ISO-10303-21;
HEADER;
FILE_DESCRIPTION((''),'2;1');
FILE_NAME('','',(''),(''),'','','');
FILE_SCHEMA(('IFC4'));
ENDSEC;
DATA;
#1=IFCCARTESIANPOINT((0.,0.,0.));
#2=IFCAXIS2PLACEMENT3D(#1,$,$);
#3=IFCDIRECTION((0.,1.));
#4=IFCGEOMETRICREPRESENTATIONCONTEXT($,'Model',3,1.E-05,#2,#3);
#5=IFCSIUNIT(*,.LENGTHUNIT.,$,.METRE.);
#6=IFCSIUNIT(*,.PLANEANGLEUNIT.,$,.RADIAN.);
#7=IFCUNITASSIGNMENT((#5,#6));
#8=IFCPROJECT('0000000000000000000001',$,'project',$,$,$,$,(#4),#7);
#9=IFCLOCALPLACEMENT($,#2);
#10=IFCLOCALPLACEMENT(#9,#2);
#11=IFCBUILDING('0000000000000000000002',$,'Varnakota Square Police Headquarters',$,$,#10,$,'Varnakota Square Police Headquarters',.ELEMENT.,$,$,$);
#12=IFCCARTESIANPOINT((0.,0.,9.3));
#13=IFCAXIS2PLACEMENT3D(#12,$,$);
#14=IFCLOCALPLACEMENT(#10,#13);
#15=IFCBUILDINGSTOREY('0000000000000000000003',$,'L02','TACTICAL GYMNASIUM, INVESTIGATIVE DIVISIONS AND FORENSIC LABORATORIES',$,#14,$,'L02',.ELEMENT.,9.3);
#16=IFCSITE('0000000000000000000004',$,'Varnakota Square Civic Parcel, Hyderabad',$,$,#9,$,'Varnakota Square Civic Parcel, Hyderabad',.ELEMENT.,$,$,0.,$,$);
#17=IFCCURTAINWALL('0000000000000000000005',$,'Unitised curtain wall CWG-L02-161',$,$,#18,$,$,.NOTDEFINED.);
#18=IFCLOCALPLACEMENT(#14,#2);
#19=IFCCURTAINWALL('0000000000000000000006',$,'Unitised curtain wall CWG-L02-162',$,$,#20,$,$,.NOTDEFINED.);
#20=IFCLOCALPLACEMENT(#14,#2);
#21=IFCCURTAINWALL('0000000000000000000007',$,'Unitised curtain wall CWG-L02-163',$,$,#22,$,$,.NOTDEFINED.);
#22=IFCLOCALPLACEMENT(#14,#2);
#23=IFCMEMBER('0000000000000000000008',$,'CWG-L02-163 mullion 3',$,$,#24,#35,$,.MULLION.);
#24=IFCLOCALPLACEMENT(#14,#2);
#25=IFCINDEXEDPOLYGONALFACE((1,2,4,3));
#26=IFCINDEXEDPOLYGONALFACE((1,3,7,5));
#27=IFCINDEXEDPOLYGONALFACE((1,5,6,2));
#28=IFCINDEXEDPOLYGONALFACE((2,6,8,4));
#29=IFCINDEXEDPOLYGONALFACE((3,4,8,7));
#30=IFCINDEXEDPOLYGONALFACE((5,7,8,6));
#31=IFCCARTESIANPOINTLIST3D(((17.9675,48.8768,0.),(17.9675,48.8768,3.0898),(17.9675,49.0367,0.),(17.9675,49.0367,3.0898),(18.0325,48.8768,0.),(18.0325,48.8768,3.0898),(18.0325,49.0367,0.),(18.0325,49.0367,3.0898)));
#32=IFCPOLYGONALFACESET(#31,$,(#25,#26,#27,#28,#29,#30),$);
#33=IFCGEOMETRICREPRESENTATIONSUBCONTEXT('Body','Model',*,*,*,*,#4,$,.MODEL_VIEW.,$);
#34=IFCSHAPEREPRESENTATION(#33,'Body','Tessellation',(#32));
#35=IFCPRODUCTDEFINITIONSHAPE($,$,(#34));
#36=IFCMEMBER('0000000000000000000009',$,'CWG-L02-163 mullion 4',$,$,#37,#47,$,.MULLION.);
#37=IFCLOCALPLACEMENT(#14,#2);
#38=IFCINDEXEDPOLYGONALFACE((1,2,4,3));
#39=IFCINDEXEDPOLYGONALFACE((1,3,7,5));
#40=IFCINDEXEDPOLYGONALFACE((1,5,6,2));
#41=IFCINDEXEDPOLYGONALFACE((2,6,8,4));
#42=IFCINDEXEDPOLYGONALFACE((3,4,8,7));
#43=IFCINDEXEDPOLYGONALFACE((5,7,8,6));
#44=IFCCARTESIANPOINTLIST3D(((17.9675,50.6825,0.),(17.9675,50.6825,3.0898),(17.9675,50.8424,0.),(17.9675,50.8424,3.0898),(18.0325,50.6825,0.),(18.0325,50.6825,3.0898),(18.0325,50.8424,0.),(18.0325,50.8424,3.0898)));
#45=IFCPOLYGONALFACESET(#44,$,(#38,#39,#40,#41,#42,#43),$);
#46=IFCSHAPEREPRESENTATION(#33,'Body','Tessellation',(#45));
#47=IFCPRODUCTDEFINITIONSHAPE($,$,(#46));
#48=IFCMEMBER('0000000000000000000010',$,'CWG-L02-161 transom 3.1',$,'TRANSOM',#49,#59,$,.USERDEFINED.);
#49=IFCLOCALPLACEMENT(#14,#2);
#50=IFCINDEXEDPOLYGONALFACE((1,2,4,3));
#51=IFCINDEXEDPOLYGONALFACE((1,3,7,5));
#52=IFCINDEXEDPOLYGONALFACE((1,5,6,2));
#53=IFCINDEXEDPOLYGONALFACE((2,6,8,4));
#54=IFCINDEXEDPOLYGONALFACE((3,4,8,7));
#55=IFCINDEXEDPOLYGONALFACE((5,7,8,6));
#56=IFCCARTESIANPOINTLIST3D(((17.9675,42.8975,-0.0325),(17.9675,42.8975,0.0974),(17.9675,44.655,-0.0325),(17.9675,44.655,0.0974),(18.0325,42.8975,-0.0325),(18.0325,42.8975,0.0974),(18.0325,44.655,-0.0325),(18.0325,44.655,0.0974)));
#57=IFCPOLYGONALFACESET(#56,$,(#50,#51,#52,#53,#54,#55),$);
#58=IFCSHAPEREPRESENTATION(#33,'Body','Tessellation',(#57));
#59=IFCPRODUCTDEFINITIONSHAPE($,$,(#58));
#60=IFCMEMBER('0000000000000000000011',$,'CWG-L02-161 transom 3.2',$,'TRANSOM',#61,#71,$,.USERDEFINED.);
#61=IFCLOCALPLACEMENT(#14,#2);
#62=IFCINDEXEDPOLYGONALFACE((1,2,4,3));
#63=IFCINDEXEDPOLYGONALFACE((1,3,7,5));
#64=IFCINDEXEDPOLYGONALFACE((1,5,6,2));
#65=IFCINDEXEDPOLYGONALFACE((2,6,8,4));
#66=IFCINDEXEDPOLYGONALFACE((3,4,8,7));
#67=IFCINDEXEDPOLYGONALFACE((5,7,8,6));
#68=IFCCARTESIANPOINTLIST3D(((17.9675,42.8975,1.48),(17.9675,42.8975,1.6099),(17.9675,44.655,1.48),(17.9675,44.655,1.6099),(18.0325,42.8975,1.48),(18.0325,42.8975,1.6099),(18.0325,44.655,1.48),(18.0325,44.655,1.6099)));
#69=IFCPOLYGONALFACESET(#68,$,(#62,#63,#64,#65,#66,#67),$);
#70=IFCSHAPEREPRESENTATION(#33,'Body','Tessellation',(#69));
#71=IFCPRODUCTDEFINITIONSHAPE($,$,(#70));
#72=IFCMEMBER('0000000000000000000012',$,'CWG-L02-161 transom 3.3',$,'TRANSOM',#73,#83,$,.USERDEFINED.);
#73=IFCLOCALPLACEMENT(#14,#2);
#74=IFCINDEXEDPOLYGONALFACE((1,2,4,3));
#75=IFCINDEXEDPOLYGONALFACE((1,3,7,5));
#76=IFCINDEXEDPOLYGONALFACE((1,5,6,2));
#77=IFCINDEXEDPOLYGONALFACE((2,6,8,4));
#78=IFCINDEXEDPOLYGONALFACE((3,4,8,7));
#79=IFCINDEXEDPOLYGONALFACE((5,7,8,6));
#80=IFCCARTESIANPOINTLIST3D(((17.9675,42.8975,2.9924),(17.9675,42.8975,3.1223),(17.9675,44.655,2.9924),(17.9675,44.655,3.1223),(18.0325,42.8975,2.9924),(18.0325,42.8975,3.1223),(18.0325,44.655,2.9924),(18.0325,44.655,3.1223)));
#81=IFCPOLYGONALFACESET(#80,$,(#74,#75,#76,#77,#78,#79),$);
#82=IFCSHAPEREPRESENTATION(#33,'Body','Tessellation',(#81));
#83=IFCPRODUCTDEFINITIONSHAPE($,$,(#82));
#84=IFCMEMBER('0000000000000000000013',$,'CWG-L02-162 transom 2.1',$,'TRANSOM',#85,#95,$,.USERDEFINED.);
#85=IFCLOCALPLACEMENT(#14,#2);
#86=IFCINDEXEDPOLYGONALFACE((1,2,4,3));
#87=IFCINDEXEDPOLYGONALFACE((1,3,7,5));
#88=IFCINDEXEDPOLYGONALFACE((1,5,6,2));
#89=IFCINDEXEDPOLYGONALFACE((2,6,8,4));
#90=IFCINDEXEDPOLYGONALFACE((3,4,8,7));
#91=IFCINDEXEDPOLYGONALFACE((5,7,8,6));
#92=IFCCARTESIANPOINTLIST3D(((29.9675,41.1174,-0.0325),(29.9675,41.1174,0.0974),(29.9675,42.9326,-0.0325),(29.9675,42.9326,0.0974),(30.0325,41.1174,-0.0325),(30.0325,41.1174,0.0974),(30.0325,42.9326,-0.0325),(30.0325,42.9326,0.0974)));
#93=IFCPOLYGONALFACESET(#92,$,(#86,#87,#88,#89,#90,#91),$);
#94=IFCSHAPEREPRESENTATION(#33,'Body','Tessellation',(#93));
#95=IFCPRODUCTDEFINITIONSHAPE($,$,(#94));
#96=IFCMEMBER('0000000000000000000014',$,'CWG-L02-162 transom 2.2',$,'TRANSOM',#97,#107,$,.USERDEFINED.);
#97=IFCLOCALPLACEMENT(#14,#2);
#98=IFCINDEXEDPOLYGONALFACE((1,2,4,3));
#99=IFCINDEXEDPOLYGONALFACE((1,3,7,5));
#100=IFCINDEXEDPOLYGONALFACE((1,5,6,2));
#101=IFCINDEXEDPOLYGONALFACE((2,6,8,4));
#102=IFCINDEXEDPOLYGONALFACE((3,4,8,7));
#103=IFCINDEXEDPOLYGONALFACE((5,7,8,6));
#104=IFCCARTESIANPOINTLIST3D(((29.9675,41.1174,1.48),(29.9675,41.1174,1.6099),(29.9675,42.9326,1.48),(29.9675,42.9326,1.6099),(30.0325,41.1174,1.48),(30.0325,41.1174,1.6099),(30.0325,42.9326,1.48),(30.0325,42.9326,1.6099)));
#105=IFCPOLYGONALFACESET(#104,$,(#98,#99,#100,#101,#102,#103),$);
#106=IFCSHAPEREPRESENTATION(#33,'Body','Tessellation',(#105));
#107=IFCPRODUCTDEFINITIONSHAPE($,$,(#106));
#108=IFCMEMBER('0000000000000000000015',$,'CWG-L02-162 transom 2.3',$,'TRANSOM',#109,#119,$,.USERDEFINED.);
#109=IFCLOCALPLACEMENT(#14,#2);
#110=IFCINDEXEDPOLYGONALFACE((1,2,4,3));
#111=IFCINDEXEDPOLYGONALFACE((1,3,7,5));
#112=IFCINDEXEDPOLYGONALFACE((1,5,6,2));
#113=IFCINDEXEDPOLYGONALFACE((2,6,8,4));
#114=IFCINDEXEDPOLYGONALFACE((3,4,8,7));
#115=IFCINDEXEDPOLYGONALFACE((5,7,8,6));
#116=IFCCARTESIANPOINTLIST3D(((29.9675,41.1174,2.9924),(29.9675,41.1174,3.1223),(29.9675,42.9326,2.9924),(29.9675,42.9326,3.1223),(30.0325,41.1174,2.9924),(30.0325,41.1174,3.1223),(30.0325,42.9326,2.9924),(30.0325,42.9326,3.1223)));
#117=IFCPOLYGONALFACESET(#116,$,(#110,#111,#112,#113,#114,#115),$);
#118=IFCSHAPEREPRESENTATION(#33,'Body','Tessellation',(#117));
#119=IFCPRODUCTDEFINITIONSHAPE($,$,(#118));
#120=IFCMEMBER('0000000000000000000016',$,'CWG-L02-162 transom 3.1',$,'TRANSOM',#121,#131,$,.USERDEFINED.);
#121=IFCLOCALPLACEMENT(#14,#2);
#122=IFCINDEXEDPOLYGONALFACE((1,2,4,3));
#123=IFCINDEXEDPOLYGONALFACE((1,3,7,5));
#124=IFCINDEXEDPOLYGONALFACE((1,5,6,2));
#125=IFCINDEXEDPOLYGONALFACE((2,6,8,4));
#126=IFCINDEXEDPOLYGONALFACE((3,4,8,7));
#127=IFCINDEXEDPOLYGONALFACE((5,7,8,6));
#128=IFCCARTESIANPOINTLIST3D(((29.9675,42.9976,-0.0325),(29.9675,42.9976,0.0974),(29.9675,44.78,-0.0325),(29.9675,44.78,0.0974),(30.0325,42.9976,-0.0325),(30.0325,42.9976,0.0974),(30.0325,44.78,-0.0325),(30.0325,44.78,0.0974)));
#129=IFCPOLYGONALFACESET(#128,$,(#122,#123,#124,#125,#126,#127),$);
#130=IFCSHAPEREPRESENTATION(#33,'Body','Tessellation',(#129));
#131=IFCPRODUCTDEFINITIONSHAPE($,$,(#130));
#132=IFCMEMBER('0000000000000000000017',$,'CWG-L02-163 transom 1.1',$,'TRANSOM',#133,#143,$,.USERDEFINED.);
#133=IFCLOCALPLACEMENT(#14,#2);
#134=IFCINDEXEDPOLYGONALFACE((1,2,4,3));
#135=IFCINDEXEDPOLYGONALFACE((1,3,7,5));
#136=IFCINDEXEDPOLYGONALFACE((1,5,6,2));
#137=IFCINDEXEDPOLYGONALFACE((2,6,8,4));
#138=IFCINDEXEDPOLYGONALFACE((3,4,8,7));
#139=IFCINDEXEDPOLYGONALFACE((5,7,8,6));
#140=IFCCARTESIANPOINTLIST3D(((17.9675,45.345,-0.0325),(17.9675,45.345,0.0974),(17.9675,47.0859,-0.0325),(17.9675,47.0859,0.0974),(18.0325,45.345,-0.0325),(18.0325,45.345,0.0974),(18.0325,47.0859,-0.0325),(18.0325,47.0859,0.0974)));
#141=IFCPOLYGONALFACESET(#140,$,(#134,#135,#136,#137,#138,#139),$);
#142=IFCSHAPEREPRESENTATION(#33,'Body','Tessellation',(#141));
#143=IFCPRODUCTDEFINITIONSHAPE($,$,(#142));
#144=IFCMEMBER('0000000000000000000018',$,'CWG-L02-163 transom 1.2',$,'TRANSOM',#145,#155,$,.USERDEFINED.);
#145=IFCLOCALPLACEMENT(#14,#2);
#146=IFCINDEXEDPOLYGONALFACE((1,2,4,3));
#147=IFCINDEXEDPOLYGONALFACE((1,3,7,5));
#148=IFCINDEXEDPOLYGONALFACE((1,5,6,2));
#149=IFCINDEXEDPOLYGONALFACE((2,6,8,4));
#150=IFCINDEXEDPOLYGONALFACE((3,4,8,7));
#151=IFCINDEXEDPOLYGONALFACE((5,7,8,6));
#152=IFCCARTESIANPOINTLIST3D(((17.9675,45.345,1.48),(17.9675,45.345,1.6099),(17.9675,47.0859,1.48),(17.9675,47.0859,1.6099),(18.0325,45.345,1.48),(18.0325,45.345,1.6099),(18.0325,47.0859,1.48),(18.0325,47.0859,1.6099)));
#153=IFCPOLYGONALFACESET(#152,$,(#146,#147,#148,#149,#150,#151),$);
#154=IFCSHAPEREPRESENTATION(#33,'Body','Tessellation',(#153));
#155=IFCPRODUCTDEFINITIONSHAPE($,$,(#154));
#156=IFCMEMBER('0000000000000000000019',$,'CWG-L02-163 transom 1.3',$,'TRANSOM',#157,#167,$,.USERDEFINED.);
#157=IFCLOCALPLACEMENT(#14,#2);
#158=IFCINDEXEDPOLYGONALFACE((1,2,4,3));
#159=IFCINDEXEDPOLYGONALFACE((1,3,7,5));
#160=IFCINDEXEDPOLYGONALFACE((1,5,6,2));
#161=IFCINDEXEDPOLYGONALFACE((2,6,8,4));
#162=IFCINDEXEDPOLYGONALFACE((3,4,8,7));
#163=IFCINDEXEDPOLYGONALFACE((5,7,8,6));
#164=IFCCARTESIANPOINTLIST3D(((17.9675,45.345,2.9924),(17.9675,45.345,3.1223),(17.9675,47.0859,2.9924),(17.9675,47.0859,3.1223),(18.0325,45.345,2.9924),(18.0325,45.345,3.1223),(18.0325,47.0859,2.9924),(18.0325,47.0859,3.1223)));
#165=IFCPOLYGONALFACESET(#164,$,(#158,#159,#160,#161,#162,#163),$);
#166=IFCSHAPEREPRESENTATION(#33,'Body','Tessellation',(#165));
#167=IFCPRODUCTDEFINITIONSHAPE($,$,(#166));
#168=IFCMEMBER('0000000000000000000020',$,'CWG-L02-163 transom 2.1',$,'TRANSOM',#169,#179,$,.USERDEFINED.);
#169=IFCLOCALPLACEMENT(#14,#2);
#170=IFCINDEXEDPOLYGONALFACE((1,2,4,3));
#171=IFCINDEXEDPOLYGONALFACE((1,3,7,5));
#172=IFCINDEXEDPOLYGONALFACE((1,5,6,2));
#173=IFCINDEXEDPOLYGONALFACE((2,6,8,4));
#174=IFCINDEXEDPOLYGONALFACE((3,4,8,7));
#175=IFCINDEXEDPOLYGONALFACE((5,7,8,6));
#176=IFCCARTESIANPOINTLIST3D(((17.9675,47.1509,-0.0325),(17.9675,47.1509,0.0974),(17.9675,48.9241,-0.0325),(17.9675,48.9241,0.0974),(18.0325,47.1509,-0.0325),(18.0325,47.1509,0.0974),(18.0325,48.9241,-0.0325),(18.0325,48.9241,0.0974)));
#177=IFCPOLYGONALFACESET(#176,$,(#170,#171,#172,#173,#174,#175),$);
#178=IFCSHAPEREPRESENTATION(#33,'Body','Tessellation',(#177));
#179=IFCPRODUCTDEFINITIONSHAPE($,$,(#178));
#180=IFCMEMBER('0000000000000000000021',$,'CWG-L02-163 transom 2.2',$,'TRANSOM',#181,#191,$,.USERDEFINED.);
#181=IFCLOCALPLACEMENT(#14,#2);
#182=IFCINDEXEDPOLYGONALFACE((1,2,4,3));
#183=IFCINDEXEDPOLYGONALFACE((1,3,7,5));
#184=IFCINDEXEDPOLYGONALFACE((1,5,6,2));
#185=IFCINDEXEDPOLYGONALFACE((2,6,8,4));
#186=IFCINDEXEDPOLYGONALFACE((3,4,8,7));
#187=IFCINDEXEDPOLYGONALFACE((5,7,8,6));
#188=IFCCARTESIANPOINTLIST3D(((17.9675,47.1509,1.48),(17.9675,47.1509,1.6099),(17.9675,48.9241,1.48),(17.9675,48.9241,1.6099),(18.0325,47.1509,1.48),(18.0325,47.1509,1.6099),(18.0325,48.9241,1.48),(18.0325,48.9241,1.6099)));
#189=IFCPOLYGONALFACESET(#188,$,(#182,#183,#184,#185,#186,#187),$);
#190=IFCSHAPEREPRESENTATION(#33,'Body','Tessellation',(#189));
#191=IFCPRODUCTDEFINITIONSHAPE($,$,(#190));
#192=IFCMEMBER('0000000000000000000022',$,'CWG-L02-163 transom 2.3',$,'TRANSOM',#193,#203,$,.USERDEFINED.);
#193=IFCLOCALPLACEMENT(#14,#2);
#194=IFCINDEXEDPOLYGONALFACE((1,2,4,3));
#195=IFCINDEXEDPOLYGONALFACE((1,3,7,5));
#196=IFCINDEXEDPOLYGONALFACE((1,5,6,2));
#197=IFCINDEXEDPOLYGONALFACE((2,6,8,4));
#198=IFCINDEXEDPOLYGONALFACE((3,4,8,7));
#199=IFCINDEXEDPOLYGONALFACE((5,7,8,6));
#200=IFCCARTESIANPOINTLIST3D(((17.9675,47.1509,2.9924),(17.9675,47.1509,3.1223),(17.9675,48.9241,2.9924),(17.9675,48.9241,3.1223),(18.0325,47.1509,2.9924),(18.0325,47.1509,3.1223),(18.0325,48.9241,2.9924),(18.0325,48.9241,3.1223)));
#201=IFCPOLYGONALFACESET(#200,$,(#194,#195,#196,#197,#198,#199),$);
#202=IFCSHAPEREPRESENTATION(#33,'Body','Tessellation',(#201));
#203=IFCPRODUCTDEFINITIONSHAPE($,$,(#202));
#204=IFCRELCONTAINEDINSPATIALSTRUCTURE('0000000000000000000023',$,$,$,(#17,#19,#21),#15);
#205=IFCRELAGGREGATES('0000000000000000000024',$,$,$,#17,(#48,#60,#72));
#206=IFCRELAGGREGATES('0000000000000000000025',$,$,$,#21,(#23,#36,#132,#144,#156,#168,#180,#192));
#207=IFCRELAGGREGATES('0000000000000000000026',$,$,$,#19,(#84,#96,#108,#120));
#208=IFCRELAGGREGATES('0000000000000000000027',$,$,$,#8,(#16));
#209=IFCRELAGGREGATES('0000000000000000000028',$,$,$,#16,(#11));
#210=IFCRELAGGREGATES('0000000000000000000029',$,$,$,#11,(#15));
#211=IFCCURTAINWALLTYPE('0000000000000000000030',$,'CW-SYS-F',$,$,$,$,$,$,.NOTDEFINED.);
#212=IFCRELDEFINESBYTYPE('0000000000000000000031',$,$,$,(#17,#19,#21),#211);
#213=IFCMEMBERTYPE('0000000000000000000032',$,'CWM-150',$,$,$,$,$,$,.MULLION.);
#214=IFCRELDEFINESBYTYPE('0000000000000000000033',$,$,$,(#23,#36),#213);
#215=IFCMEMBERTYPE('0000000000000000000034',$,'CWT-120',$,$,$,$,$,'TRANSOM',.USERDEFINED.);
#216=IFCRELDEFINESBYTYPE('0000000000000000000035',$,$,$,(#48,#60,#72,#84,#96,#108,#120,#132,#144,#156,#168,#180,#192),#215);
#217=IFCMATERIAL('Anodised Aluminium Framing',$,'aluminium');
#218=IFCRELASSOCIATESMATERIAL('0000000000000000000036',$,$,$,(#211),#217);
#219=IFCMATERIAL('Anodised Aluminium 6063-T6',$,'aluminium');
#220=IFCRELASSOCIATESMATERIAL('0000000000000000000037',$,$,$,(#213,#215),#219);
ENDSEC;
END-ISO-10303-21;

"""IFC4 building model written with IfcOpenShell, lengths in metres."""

from ifc_helpers import new_model, si_unit, direction, frame, origin, origin_2d, place, context, subcontext, project, spatial, rectangle, extrude, material, material_profile, profile_set, type_object, element, aggregate, save


model = new_model("IFC4")

# Units and contexts
model_context = context("Model", 3, precision=1e-05, world=origin(), true_north=direction((0.0, 1.0)))
body_context = subcontext(model_context, "Body", "Model", "MODEL_VIEW")
ifc_project = project(units=[si_unit("LENGTHUNIT", "METRE"), si_unit("PLANEANGLEUNIT", "RADIAN")], contexts=[model_context])

# Site, building, storey
site_placement = place(None, origin())
site = spatial("IfcSite", under=ifc_project, at=site_placement, Name="Varnakota Square Civic Parcel, Hyderabad", LongName="Varnakota Square Civic Parcel, Hyderabad", CompositionType="ELEMENT", RefElevation=0.0)
building_placement = place(site_placement, origin())
building = spatial("IfcBuilding", under=site, at=building_placement, Name="Varnakota Square Police Headquarters", LongName="Varnakota Square Police Headquarters", CompositionType="ELEMENT")
storey_placement = place(building_placement, frame((0.0, 0.0, 9.3)))
storey = spatial("IfcBuildingStorey", under=building, at=storey_placement, Name="L02", Description="TACTICAL GYMNASIUM, INVESTIGATIVE DIVISIONS AND FORENSIC LABORATORIES", LongName="L02", CompositionType="ELEMENT", Elevation=9.3)

# Curtain wall
ifc_material_1 = material(Name="Anodised Aluminium Framing", Category="aluminium")
curtain_wall_type = type_object("IfcCurtainWallType", Name="CW-SYS-F", PredefinedType="NOTDEFINED", material=ifc_material_1)
curtain_wall_1_placement = place(storey_placement, origin())
curtain_wall_1 = element("IfcCurtainWall", 1, at=curtain_wall_1_placement, inside=storey, type_object=curtain_wall_type, Name="Unitised curtain wall CWG-L02-161", PredefinedType="NOTDEFINED")
ifc_material_2 = material(Name="Anodised Aluminium 6063-T6", Category="aluminium")
ifc_material_profile_1 = material_profile(ifc_material_2, rectangle(XDim=0.0649, YDim=0.1599, at=origin_2d()), Name="ALU MULLION 65x160")
ifc_profile_set_1 = profile_set([ifc_material_profile_1], Name="Anodised Aluminium 6063-T6")
member_type_1 = type_object("IfcMemberType", Name="CWM-150", PredefinedType="MULLION", material=ifc_profile_set_1)

# Curtain wall
curtain_wall_2_placement = place(storey_placement, origin())
curtain_wall_2 = element("IfcCurtainWall", 2, at=curtain_wall_2_placement, inside=storey, type_object=curtain_wall_type, Name="Unitised curtain wall CWG-L02-162", PredefinedType="NOTDEFINED")

# Curtain wall, members
curtain_wall_3_placement = place(storey_placement, origin())
curtain_wall_3 = element("IfcCurtainWall", 3, at=curtain_wall_3_placement, inside=storey, type_object=curtain_wall_type, Name="Unitised curtain wall CWG-L02-163", PredefinedType="NOTDEFINED")
member_1_placement = place(storey_placement, frame((18.0, 48.9568, 0.0), z_axis=(0.0, 0.0, 1.0), x_axis=(-1.0, 0.0, 0.0)))
member_1 = element("IfcMember", 4, at=member_1_placement, type_object=member_type_1, Name="CWG-L02-163 mullion 3", PredefinedType="MULLION", context=body_context, shape_type="SweptSolid", body=[
    extrude(rectangle(XDim=0.0649, YDim=0.1599, at=origin_2d()), origin(), (0.0, 0.0, 1.0), 3.0898),
])
member_2_placement = place(storey_placement, frame((18.0, 50.7625, 0.0), z_axis=(0.0, 0.0, 1.0), x_axis=(-1.0, 0.0, 0.0)))
member_2 = element("IfcMember", 5, at=member_2_placement, type_object=member_type_1, Name="CWG-L02-163 mullion 4", PredefinedType="MULLION", context=body_context, shape_type="SweptSolid", body=[
    extrude(rectangle(XDim=0.0649, YDim=0.1599, at=origin_2d()), origin(), (0.0, 0.0, 1.0), 3.0898),
])

# Members
ifc_material_profile_2 = material_profile(ifc_material_2, rectangle(XDim=0.0649, YDim=0.1299, at=origin_2d()), Name="ALU TRANSOM 65x130")
ifc_profile_set_2 = profile_set([ifc_material_profile_2], Name="Anodised Aluminium 6063-T6")
member_type_2 = type_object("IfcMemberType", Name="CWT-120", ElementType="TRANSOM", PredefinedType="USERDEFINED", material=ifc_profile_set_2)
member_3_placement = place(storey_placement, frame((18.0, 42.8975, 0.0325), z_axis=(0.0, 1.0, 0.0), x_axis=(-1.0, 0.0, 0.0)))
member_3 = element("IfcMember", 6, at=member_3_placement, type_object=member_type_2, Name="CWG-L02-161 transom 3.1", ObjectType="TRANSOM", PredefinedType="USERDEFINED", context=body_context, shape_type="SweptSolid", body=[
    extrude(rectangle(XDim=0.0649, YDim=0.1299, at=origin_2d()), origin(), (0.0, 0.0, 1.0), 1.7576),
])
member_4_placement = place(storey_placement, frame((18.0, 42.8975, 1.5449), z_axis=(0.0, 1.0, 0.0), x_axis=(-1.0, 0.0, 0.0)))
member_4 = element("IfcMember", 7, at=member_4_placement, type_object=member_type_2, Name="CWG-L02-161 transom 3.2", ObjectType="TRANSOM", PredefinedType="USERDEFINED", context=body_context, shape_type="SweptSolid", body=[
    extrude(rectangle(XDim=0.0649, YDim=0.1299, at=origin_2d()), origin(), (0.0, 0.0, 1.0), 1.7576),
])
member_5_placement = place(storey_placement, frame((18.0, 42.8975, 3.0574), z_axis=(0.0, 1.0, 0.0), x_axis=(-1.0, 0.0, 0.0)))
member_5 = element("IfcMember", 8, at=member_5_placement, type_object=member_type_2, Name="CWG-L02-161 transom 3.3", ObjectType="TRANSOM", PredefinedType="USERDEFINED", context=body_context, shape_type="SweptSolid", body=[
    extrude(rectangle(XDim=0.0649, YDim=0.1299, at=origin_2d()), origin(), (0.0, 0.0, 1.0), 1.7576),
])
member_6_placement = place(storey_placement, frame((30.0, 41.1174, 0.0325), z_axis=(0.0, 1.0, 0.0), x_axis=(-1.0, 0.0, 0.0)))
member_6 = element("IfcMember", 9, at=member_6_placement, type_object=member_type_2, Name="CWG-L02-162 transom 2.1", ObjectType="TRANSOM", PredefinedType="USERDEFINED", context=body_context, shape_type="SweptSolid", body=[
    extrude(rectangle(XDim=0.0649, YDim=0.1299, at=origin_2d()), origin(), (0.0, 0.0, 1.0), 1.8152),
])
member_7_placement = place(storey_placement, frame((30.0, 41.1174, 1.5449), z_axis=(0.0, 1.0, 0.0), x_axis=(-1.0, 0.0, 0.0)))
member_7 = element("IfcMember", 10, at=member_7_placement, type_object=member_type_2, Name="CWG-L02-162 transom 2.2", ObjectType="TRANSOM", PredefinedType="USERDEFINED", context=body_context, shape_type="SweptSolid", body=[
    extrude(rectangle(XDim=0.0649, YDim=0.1299, at=origin_2d()), origin(), (0.0, 0.0, 1.0), 1.8152),
])
member_8_placement = place(storey_placement, frame((30.0, 41.1174, 3.0574), z_axis=(0.0, 1.0, 0.0), x_axis=(-1.0, 0.0, 0.0)))
member_8 = element("IfcMember", 11, at=member_8_placement, type_object=member_type_2, Name="CWG-L02-162 transom 2.3", ObjectType="TRANSOM", PredefinedType="USERDEFINED", context=body_context, shape_type="SweptSolid", body=[
    extrude(rectangle(XDim=0.0649, YDim=0.1299, at=origin_2d()), origin(), (0.0, 0.0, 1.0), 1.8152),
])
member_9_placement = place(storey_placement, frame((30.0, 42.9976, 0.0325), z_axis=(0.0, 1.0, 0.0), x_axis=(-1.0, 0.0, 0.0)))
member_9 = element("IfcMember", 12, at=member_9_placement, type_object=member_type_2, Name="CWG-L02-162 transom 3.1", ObjectType="TRANSOM", PredefinedType="USERDEFINED", context=body_context, shape_type="SweptSolid", body=[
    extrude(rectangle(XDim=0.0649, YDim=0.1299, at=origin_2d()), origin(), (0.0, 0.0, 1.0), 1.7825),
])
member_10_placement = place(storey_placement, frame((18.0, 45.345, 0.0325), z_axis=(0.0, 1.0, 0.0), x_axis=(-1.0, 0.0, 0.0)))
member_10 = element("IfcMember", 13, at=member_10_placement, type_object=member_type_2, Name="CWG-L02-163 transom 1.1", ObjectType="TRANSOM", PredefinedType="USERDEFINED", context=body_context, shape_type="SweptSolid", body=[
    extrude(rectangle(XDim=0.0649, YDim=0.1299, at=origin_2d()), origin(), (0.0, 0.0, 1.0), 1.741),
])
member_11_placement = place(storey_placement, frame((18.0, 45.345, 1.5449), z_axis=(0.0, 1.0, 0.0), x_axis=(-1.0, 0.0, 0.0)))
member_11 = element("IfcMember", 14, at=member_11_placement, type_object=member_type_2, Name="CWG-L02-163 transom 1.2", ObjectType="TRANSOM", PredefinedType="USERDEFINED", context=body_context, shape_type="SweptSolid", body=[
    extrude(rectangle(XDim=0.0649, YDim=0.1299, at=origin_2d()), origin(), (0.0, 0.0, 1.0), 1.741),
])
member_12_placement = place(storey_placement, frame((18.0, 45.345, 3.0574), z_axis=(0.0, 1.0, 0.0), x_axis=(-1.0, 0.0, 0.0)))
member_12 = element("IfcMember", 15, at=member_12_placement, type_object=member_type_2, Name="CWG-L02-163 transom 1.3", ObjectType="TRANSOM", PredefinedType="USERDEFINED", context=body_context, shape_type="SweptSolid", body=[
    extrude(rectangle(XDim=0.0649, YDim=0.1299, at=origin_2d()), origin(), (0.0, 0.0, 1.0), 1.741),
])
member_13_placement = place(storey_placement, frame((18.0, 47.1509, 0.0325), z_axis=(0.0, 1.0, 0.0), x_axis=(-1.0, 0.0, 0.0)))
member_13 = element("IfcMember", 16, at=member_13_placement, type_object=member_type_2, Name="CWG-L02-163 transom 2.1", ObjectType="TRANSOM", PredefinedType="USERDEFINED", context=body_context, shape_type="SweptSolid", body=[
    extrude(rectangle(XDim=0.0649, YDim=0.1299, at=origin_2d()), origin(), (0.0, 0.0, 1.0), 1.7732),
])
member_14_placement = place(storey_placement, frame((18.0, 47.1509, 1.5449), z_axis=(0.0, 1.0, 0.0), x_axis=(-1.0, 0.0, 0.0)))
member_14 = element("IfcMember", 17, at=member_14_placement, type_object=member_type_2, Name="CWG-L02-163 transom 2.2", ObjectType="TRANSOM", PredefinedType="USERDEFINED", context=body_context, shape_type="SweptSolid", body=[
    extrude(rectangle(XDim=0.0649, YDim=0.1299, at=origin_2d()), origin(), (0.0, 0.0, 1.0), 1.7732),
])
member_15_placement = place(storey_placement, frame((18.0, 47.1509, 3.0574), z_axis=(0.0, 1.0, 0.0), x_axis=(-1.0, 0.0, 0.0)))
member_15 = element("IfcMember", 18, at=member_15_placement, type_object=member_type_2, Name="CWG-L02-163 transom 2.3", ObjectType="TRANSOM", PredefinedType="USERDEFINED", context=body_context, shape_type="SweptSolid", body=[
    extrude(rectangle(XDim=0.0649, YDim=0.1299, at=origin_2d()), origin(), (0.0, 0.0, 1.0), 1.7732),
])

aggregate(curtain_wall_1, [member_3, member_4, member_5])
aggregate(curtain_wall_3, [member_1, member_2, member_10, member_11, member_12, member_13, member_14, member_15])
aggregate(curtain_wall_2, [member_6, member_7, member_8, member_9])

save(model, "model.ifc")
